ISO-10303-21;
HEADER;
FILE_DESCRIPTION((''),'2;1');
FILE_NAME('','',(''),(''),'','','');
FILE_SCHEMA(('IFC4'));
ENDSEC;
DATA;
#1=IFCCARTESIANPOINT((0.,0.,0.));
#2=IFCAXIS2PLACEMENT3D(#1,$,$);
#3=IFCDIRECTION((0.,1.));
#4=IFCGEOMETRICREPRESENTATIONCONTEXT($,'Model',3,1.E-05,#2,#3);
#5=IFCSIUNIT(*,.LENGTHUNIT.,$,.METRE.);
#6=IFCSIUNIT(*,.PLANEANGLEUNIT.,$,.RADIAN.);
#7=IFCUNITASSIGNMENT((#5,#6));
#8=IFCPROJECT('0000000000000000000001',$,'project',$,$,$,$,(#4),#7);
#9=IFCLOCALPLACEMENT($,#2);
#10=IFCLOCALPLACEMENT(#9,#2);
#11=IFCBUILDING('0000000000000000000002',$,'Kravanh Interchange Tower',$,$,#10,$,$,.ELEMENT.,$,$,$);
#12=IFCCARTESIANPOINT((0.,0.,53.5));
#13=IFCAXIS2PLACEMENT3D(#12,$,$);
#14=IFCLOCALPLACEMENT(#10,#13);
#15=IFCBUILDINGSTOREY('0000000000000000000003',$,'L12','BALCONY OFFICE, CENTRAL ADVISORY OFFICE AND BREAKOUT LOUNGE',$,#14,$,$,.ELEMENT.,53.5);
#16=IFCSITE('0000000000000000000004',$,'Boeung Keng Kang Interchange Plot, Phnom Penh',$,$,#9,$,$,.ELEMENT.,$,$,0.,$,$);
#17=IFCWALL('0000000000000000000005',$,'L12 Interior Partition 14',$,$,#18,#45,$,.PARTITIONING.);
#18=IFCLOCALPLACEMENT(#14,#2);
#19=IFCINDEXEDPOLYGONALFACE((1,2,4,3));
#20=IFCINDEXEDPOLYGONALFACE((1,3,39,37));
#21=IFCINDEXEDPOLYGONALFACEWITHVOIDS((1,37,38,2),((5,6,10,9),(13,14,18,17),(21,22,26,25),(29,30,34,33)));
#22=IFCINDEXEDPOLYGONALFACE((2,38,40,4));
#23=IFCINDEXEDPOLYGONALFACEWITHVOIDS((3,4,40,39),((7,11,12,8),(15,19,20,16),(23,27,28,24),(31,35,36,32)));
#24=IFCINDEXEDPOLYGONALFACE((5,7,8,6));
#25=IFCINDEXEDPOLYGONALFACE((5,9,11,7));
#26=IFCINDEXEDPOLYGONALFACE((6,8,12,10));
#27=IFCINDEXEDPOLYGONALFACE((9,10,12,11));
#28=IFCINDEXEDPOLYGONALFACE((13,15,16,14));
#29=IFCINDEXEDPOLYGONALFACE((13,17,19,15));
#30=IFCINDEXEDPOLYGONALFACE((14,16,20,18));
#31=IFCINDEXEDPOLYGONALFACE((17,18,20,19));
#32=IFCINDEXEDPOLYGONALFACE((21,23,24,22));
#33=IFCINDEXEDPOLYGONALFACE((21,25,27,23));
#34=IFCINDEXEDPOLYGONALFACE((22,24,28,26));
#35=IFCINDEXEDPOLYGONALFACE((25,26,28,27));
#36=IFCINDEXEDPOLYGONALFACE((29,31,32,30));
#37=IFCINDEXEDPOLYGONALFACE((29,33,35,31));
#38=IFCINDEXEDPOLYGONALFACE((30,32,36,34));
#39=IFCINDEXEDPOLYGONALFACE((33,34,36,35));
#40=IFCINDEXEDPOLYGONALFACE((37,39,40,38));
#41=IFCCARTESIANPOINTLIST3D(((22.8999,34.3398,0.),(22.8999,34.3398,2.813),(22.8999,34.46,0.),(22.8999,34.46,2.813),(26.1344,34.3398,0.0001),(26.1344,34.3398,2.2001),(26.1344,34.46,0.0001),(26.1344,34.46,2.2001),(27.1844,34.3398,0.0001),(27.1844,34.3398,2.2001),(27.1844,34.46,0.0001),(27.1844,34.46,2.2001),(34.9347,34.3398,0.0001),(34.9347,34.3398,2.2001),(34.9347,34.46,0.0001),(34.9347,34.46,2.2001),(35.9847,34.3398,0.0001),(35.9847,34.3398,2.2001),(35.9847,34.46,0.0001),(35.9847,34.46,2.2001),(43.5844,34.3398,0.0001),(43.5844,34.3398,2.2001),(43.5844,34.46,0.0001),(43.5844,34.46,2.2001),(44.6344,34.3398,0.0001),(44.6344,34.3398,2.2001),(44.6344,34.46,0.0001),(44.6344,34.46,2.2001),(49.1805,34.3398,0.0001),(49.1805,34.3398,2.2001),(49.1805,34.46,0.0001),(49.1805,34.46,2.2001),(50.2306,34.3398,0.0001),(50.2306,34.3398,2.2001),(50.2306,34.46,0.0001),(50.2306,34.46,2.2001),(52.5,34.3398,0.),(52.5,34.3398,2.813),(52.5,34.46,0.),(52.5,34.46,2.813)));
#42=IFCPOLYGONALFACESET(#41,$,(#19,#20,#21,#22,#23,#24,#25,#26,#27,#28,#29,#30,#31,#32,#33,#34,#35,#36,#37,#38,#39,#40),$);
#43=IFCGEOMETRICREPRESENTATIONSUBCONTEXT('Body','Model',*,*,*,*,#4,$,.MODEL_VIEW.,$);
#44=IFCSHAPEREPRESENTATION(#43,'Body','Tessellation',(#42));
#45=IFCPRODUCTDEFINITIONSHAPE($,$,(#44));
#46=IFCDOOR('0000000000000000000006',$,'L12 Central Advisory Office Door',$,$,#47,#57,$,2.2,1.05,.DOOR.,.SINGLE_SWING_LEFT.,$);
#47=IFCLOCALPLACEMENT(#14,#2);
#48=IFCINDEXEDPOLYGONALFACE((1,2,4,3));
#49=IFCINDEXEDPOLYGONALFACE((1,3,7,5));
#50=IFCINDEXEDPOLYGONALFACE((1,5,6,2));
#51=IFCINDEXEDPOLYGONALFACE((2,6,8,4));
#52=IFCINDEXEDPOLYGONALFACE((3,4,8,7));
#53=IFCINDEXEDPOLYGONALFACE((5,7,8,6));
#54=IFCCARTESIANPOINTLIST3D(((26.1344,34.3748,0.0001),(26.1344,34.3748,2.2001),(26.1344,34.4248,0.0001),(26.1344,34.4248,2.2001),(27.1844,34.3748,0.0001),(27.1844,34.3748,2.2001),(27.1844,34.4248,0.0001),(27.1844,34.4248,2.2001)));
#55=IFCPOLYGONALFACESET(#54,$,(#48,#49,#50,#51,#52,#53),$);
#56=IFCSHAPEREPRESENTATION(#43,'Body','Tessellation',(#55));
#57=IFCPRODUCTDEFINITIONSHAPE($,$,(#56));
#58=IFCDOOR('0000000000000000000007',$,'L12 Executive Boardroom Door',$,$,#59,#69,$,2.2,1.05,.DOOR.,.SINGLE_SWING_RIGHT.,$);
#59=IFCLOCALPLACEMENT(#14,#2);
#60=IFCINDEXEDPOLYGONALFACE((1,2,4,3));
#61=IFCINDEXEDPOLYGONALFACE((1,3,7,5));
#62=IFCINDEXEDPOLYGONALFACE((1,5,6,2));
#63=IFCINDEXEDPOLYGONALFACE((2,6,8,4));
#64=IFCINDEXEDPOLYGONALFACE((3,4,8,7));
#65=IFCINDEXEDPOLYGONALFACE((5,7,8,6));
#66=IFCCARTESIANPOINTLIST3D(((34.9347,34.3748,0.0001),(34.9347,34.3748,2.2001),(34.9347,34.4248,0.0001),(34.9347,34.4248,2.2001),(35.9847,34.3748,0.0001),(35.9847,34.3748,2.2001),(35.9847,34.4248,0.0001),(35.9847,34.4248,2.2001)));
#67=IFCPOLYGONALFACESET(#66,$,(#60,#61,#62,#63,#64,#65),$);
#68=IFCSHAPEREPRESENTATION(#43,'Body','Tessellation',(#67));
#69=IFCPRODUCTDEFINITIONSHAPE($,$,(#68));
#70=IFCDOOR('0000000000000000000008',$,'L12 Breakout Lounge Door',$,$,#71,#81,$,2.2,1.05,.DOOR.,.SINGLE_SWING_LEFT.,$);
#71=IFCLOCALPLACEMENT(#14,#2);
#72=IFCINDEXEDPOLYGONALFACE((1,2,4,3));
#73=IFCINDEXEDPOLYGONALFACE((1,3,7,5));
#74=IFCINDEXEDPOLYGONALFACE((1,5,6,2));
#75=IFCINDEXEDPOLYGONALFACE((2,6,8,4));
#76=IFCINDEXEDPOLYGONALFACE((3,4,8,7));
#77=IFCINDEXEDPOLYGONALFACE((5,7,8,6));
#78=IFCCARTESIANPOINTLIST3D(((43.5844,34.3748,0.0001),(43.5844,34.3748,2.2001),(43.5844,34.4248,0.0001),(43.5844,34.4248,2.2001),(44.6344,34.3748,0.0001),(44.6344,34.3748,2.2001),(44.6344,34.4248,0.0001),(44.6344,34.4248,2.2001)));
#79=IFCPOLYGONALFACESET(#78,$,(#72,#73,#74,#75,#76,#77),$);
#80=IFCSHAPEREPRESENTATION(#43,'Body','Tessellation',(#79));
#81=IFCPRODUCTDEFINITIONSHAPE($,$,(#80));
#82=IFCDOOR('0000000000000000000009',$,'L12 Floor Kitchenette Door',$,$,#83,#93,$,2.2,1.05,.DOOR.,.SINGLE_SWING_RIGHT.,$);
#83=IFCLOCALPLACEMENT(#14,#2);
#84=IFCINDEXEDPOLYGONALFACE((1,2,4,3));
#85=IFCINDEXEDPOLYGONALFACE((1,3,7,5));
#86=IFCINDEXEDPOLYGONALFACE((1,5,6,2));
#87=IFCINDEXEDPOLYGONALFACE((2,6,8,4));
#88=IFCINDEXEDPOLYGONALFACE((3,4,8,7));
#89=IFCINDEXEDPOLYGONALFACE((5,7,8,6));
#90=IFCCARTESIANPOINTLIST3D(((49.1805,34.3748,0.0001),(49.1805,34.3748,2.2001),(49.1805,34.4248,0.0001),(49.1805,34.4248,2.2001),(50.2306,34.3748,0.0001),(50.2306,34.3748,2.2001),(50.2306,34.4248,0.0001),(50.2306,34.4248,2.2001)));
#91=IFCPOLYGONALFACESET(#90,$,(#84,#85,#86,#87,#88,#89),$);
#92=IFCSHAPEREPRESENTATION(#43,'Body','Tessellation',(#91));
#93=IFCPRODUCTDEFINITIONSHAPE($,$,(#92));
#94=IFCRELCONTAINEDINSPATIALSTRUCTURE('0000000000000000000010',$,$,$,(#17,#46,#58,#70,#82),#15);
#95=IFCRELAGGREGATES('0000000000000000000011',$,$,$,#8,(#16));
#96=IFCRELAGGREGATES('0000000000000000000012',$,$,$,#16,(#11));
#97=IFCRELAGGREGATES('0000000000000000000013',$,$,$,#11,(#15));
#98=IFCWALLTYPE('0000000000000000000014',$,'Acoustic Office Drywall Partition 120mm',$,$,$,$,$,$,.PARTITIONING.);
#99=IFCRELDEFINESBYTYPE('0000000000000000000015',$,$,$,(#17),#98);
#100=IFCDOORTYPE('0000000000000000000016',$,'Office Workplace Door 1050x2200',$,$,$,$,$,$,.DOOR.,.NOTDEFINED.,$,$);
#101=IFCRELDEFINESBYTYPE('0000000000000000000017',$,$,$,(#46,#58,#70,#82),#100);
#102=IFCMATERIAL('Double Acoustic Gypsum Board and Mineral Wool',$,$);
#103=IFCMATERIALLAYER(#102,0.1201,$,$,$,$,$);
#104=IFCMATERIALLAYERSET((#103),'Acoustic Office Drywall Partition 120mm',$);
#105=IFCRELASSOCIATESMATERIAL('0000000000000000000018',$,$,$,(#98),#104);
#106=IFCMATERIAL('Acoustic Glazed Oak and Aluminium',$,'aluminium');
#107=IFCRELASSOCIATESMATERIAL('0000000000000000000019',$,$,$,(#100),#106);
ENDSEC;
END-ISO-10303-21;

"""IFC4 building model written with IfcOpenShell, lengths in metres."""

from ifc_helpers import new_model, si_unit, direction, frame, frame_2d, origin, place, context, subcontext, project, spatial, rectangle, extrude, material, layer, layer_set, type_object, element, fill, save


model = new_model("IFC4")

# Units and contexts
model_context = context("Model", 3, precision=1e-05, world=origin(), true_north=direction((0.0, 1.0)))
body_context = subcontext(model_context, "Body", "Model", "MODEL_VIEW")
ifc_project = project(units=[si_unit("LENGTHUNIT", "METRE"), si_unit("PLANEANGLEUNIT", "RADIAN")], contexts=[model_context])

# Site, building, storey
site_placement = place(None, origin())
site = spatial("IfcSite", under=ifc_project, at=site_placement, Name="Boeung Keng Kang Interchange Plot, Phnom Penh", CompositionType="ELEMENT", RefElevation=0.0)
building_placement = place(site_placement, origin())
building = spatial("IfcBuilding", under=site, at=building_placement, Name="Kravanh Interchange Tower", CompositionType="ELEMENT")
storey_placement = place(building_placement, frame((0.0, 0.0, 53.5)))
storey = spatial("IfcBuildingStorey", under=building, at=storey_placement, Name="L12", Description="BALCONY OFFICE, CENTRAL ADVISORY OFFICE AND BREAKOUT LOUNGE", CompositionType="ELEMENT", Elevation=53.5)

# Wall, openings, doors
ifc_material_1 = material(Name="Double Acoustic Gypsum Board and Mineral Wool")
ifc_layer = layer(ifc_material_1, 0.1201)
ifc_layer_set = layer_set([ifc_layer], Name="Acoustic Office Drywall Partition 120mm")
wall_type = type_object("IfcWallType", Name="Acoustic Office Drywall Partition 120mm", PredefinedType="PARTITIONING", material=ifc_layer_set)
wall_placement = place(storey_placement, frame((22.8999, 34.3999, 0.0), z_axis=(0.0, 0.0, 1.0), x_axis=(1.0, 0.0, 0.0)))
wall = element("IfcWall", 1, at=wall_placement, inside=storey, type_object=wall_type, Name="L12 Interior Partition 14", PredefinedType="PARTITIONING", context=body_context, shape_type="SweptSolid", body=[
    extrude(rectangle(XDim=29.6001, YDim=0.1201, at=frame_2d((14.8, 0.0))), origin(), (0.0, 0.0, 1.0), 2.813),
])
opening_1_placement = place(wall_placement, frame((3.2346, 0.0, 0.0)))
opening_1 = element("IfcOpeningElement", 2, at=opening_1_placement, cuts=wall, PredefinedType="OPENING", context=body_context, shape_type="SweptSolid", body=[
    extrude(rectangle(XDim=1.05, YDim=2.2, at=frame_2d((0.5249, 1.1001))), frame((0.0, 0.0701, 0.0), z_axis=(0.0, -1.0, 0.0), x_axis=(1.0, 0.0, 0.0)), (0.0, 0.0, 1.0), 0.1401),
])
opening_2_placement = place(wall_placement, frame((12.0349, 0.0, 0.0)))
opening_2 = element("IfcOpeningElement", 3, at=opening_2_placement, cuts=wall, PredefinedType="OPENING", context=body_context, shape_type="SweptSolid", body=[
    extrude(rectangle(XDim=1.05, YDim=2.2, at=frame_2d((0.5249, 1.1001))), frame((0.0, 0.0701, 0.0), z_axis=(0.0, -1.0, 0.0), x_axis=(1.0, 0.0, 0.0)), (0.0, 0.0, 1.0), 0.1401),
])
opening_3_placement = place(wall_placement, frame((20.6846, 0.0, 0.0)))
opening_3 = element("IfcOpeningElement", 4, at=opening_3_placement, cuts=wall, PredefinedType="OPENING", context=body_context, shape_type="SweptSolid", body=[
    extrude(rectangle(XDim=1.05, YDim=2.2, at=frame_2d((0.5249, 1.1001))), frame((0.0, 0.0701, 0.0), z_axis=(0.0, -1.0, 0.0), x_axis=(1.0, 0.0, 0.0)), (0.0, 0.0, 1.0), 0.1401),
])
opening_4_placement = place(wall_placement, frame((26.2808, 0.0, 0.0)))
opening_4 = element("IfcOpeningElement", 5, at=opening_4_placement, cuts=wall, PredefinedType="OPENING", context=body_context, shape_type="SweptSolid", body=[
    extrude(rectangle(XDim=1.05, YDim=2.2, at=frame_2d((0.5249, 1.1001))), frame((0.0, 0.0701, 0.0), z_axis=(0.0, -1.0, 0.0), x_axis=(1.0, 0.0, 0.0)), (0.0, 0.0, 1.0), 0.1401),
])
ifc_material_2 = material(Name="Acoustic Glazed Oak and Aluminium", Category="aluminium")
door_type = type_object("IfcDoorType", Name="Office Workplace Door 1050x2200", OperationType="NOTDEFINED", PredefinedType="DOOR", material=ifc_material_2)
door_1_placement = place(opening_1_placement, origin())
door_1 = element("IfcDoor", 6, at=door_1_placement, inside=storey, type_object=door_type, Name="L12 Central Advisory Office Door", OperationType="SINGLE_SWING_LEFT", OverallHeight=2.2, OverallWidth=1.05, PredefinedType="DOOR", context=body_context, shape_type="SweptSolid", body=[
    extrude(rectangle(XDim=1.05, YDim=2.2, at=frame_2d((0.5249, 1.1001))), frame((0.0, 0.0249, 0.0), z_axis=(0.0, -1.0, 0.0), x_axis=(1.0, 0.0, 0.0)), (0.0, 0.0, 1.0), 0.05),
])
fill(opening_1, door_1)
door_2_placement = place(opening_2_placement, origin())
door_2 = element("IfcDoor", 7, at=door_2_placement, inside=storey, type_object=door_type, Name="L12 Executive Boardroom Door", OperationType="SINGLE_SWING_RIGHT", OverallHeight=2.2, OverallWidth=1.05, PredefinedType="DOOR", context=body_context, shape_type="SweptSolid", body=[
    extrude(rectangle(XDim=1.05, YDim=2.2, at=frame_2d((0.5249, 1.1001))), frame((0.0, 0.0249, 0.0), z_axis=(0.0, -1.0, 0.0), x_axis=(1.0, 0.0, 0.0)), (0.0, 0.0, 1.0), 0.05),
])
fill(opening_2, door_2)
door_3_placement = place(opening_3_placement, origin())
door_3 = element("IfcDoor", 8, at=door_3_placement, inside=storey, type_object=door_type, Name="L12 Breakout Lounge Door", OperationType="SINGLE_SWING_LEFT", OverallHeight=2.2, OverallWidth=1.05, PredefinedType="DOOR", context=body_context, shape_type="SweptSolid", body=[
    extrude(rectangle(XDim=1.05, YDim=2.2, at=frame_2d((0.5249, 1.1001))), frame((0.0, 0.0249, 0.0), z_axis=(0.0, -1.0, 0.0), x_axis=(1.0, 0.0, 0.0)), (0.0, 0.0, 1.0), 0.05),
])
fill(opening_3, door_3)
door_4_placement = place(opening_4_placement, origin())
door_4 = element("IfcDoor", 9, at=door_4_placement, inside=storey, type_object=door_type, Name="L12 Floor Kitchenette Door", OperationType="SINGLE_SWING_RIGHT", OverallHeight=2.2, OverallWidth=1.05, PredefinedType="DOOR", context=body_context, shape_type="SweptSolid", body=[
    extrude(rectangle(XDim=1.05, YDim=2.2, at=frame_2d((0.5249, 1.1001))), frame((0.0, 0.0249, 0.0), z_axis=(0.0, -1.0, 0.0), x_axis=(1.0, 0.0, 0.0)), (0.0, 0.0, 1.0), 0.05),
])
fill(opening_4, door_4)

save(model, "model.ifc")
